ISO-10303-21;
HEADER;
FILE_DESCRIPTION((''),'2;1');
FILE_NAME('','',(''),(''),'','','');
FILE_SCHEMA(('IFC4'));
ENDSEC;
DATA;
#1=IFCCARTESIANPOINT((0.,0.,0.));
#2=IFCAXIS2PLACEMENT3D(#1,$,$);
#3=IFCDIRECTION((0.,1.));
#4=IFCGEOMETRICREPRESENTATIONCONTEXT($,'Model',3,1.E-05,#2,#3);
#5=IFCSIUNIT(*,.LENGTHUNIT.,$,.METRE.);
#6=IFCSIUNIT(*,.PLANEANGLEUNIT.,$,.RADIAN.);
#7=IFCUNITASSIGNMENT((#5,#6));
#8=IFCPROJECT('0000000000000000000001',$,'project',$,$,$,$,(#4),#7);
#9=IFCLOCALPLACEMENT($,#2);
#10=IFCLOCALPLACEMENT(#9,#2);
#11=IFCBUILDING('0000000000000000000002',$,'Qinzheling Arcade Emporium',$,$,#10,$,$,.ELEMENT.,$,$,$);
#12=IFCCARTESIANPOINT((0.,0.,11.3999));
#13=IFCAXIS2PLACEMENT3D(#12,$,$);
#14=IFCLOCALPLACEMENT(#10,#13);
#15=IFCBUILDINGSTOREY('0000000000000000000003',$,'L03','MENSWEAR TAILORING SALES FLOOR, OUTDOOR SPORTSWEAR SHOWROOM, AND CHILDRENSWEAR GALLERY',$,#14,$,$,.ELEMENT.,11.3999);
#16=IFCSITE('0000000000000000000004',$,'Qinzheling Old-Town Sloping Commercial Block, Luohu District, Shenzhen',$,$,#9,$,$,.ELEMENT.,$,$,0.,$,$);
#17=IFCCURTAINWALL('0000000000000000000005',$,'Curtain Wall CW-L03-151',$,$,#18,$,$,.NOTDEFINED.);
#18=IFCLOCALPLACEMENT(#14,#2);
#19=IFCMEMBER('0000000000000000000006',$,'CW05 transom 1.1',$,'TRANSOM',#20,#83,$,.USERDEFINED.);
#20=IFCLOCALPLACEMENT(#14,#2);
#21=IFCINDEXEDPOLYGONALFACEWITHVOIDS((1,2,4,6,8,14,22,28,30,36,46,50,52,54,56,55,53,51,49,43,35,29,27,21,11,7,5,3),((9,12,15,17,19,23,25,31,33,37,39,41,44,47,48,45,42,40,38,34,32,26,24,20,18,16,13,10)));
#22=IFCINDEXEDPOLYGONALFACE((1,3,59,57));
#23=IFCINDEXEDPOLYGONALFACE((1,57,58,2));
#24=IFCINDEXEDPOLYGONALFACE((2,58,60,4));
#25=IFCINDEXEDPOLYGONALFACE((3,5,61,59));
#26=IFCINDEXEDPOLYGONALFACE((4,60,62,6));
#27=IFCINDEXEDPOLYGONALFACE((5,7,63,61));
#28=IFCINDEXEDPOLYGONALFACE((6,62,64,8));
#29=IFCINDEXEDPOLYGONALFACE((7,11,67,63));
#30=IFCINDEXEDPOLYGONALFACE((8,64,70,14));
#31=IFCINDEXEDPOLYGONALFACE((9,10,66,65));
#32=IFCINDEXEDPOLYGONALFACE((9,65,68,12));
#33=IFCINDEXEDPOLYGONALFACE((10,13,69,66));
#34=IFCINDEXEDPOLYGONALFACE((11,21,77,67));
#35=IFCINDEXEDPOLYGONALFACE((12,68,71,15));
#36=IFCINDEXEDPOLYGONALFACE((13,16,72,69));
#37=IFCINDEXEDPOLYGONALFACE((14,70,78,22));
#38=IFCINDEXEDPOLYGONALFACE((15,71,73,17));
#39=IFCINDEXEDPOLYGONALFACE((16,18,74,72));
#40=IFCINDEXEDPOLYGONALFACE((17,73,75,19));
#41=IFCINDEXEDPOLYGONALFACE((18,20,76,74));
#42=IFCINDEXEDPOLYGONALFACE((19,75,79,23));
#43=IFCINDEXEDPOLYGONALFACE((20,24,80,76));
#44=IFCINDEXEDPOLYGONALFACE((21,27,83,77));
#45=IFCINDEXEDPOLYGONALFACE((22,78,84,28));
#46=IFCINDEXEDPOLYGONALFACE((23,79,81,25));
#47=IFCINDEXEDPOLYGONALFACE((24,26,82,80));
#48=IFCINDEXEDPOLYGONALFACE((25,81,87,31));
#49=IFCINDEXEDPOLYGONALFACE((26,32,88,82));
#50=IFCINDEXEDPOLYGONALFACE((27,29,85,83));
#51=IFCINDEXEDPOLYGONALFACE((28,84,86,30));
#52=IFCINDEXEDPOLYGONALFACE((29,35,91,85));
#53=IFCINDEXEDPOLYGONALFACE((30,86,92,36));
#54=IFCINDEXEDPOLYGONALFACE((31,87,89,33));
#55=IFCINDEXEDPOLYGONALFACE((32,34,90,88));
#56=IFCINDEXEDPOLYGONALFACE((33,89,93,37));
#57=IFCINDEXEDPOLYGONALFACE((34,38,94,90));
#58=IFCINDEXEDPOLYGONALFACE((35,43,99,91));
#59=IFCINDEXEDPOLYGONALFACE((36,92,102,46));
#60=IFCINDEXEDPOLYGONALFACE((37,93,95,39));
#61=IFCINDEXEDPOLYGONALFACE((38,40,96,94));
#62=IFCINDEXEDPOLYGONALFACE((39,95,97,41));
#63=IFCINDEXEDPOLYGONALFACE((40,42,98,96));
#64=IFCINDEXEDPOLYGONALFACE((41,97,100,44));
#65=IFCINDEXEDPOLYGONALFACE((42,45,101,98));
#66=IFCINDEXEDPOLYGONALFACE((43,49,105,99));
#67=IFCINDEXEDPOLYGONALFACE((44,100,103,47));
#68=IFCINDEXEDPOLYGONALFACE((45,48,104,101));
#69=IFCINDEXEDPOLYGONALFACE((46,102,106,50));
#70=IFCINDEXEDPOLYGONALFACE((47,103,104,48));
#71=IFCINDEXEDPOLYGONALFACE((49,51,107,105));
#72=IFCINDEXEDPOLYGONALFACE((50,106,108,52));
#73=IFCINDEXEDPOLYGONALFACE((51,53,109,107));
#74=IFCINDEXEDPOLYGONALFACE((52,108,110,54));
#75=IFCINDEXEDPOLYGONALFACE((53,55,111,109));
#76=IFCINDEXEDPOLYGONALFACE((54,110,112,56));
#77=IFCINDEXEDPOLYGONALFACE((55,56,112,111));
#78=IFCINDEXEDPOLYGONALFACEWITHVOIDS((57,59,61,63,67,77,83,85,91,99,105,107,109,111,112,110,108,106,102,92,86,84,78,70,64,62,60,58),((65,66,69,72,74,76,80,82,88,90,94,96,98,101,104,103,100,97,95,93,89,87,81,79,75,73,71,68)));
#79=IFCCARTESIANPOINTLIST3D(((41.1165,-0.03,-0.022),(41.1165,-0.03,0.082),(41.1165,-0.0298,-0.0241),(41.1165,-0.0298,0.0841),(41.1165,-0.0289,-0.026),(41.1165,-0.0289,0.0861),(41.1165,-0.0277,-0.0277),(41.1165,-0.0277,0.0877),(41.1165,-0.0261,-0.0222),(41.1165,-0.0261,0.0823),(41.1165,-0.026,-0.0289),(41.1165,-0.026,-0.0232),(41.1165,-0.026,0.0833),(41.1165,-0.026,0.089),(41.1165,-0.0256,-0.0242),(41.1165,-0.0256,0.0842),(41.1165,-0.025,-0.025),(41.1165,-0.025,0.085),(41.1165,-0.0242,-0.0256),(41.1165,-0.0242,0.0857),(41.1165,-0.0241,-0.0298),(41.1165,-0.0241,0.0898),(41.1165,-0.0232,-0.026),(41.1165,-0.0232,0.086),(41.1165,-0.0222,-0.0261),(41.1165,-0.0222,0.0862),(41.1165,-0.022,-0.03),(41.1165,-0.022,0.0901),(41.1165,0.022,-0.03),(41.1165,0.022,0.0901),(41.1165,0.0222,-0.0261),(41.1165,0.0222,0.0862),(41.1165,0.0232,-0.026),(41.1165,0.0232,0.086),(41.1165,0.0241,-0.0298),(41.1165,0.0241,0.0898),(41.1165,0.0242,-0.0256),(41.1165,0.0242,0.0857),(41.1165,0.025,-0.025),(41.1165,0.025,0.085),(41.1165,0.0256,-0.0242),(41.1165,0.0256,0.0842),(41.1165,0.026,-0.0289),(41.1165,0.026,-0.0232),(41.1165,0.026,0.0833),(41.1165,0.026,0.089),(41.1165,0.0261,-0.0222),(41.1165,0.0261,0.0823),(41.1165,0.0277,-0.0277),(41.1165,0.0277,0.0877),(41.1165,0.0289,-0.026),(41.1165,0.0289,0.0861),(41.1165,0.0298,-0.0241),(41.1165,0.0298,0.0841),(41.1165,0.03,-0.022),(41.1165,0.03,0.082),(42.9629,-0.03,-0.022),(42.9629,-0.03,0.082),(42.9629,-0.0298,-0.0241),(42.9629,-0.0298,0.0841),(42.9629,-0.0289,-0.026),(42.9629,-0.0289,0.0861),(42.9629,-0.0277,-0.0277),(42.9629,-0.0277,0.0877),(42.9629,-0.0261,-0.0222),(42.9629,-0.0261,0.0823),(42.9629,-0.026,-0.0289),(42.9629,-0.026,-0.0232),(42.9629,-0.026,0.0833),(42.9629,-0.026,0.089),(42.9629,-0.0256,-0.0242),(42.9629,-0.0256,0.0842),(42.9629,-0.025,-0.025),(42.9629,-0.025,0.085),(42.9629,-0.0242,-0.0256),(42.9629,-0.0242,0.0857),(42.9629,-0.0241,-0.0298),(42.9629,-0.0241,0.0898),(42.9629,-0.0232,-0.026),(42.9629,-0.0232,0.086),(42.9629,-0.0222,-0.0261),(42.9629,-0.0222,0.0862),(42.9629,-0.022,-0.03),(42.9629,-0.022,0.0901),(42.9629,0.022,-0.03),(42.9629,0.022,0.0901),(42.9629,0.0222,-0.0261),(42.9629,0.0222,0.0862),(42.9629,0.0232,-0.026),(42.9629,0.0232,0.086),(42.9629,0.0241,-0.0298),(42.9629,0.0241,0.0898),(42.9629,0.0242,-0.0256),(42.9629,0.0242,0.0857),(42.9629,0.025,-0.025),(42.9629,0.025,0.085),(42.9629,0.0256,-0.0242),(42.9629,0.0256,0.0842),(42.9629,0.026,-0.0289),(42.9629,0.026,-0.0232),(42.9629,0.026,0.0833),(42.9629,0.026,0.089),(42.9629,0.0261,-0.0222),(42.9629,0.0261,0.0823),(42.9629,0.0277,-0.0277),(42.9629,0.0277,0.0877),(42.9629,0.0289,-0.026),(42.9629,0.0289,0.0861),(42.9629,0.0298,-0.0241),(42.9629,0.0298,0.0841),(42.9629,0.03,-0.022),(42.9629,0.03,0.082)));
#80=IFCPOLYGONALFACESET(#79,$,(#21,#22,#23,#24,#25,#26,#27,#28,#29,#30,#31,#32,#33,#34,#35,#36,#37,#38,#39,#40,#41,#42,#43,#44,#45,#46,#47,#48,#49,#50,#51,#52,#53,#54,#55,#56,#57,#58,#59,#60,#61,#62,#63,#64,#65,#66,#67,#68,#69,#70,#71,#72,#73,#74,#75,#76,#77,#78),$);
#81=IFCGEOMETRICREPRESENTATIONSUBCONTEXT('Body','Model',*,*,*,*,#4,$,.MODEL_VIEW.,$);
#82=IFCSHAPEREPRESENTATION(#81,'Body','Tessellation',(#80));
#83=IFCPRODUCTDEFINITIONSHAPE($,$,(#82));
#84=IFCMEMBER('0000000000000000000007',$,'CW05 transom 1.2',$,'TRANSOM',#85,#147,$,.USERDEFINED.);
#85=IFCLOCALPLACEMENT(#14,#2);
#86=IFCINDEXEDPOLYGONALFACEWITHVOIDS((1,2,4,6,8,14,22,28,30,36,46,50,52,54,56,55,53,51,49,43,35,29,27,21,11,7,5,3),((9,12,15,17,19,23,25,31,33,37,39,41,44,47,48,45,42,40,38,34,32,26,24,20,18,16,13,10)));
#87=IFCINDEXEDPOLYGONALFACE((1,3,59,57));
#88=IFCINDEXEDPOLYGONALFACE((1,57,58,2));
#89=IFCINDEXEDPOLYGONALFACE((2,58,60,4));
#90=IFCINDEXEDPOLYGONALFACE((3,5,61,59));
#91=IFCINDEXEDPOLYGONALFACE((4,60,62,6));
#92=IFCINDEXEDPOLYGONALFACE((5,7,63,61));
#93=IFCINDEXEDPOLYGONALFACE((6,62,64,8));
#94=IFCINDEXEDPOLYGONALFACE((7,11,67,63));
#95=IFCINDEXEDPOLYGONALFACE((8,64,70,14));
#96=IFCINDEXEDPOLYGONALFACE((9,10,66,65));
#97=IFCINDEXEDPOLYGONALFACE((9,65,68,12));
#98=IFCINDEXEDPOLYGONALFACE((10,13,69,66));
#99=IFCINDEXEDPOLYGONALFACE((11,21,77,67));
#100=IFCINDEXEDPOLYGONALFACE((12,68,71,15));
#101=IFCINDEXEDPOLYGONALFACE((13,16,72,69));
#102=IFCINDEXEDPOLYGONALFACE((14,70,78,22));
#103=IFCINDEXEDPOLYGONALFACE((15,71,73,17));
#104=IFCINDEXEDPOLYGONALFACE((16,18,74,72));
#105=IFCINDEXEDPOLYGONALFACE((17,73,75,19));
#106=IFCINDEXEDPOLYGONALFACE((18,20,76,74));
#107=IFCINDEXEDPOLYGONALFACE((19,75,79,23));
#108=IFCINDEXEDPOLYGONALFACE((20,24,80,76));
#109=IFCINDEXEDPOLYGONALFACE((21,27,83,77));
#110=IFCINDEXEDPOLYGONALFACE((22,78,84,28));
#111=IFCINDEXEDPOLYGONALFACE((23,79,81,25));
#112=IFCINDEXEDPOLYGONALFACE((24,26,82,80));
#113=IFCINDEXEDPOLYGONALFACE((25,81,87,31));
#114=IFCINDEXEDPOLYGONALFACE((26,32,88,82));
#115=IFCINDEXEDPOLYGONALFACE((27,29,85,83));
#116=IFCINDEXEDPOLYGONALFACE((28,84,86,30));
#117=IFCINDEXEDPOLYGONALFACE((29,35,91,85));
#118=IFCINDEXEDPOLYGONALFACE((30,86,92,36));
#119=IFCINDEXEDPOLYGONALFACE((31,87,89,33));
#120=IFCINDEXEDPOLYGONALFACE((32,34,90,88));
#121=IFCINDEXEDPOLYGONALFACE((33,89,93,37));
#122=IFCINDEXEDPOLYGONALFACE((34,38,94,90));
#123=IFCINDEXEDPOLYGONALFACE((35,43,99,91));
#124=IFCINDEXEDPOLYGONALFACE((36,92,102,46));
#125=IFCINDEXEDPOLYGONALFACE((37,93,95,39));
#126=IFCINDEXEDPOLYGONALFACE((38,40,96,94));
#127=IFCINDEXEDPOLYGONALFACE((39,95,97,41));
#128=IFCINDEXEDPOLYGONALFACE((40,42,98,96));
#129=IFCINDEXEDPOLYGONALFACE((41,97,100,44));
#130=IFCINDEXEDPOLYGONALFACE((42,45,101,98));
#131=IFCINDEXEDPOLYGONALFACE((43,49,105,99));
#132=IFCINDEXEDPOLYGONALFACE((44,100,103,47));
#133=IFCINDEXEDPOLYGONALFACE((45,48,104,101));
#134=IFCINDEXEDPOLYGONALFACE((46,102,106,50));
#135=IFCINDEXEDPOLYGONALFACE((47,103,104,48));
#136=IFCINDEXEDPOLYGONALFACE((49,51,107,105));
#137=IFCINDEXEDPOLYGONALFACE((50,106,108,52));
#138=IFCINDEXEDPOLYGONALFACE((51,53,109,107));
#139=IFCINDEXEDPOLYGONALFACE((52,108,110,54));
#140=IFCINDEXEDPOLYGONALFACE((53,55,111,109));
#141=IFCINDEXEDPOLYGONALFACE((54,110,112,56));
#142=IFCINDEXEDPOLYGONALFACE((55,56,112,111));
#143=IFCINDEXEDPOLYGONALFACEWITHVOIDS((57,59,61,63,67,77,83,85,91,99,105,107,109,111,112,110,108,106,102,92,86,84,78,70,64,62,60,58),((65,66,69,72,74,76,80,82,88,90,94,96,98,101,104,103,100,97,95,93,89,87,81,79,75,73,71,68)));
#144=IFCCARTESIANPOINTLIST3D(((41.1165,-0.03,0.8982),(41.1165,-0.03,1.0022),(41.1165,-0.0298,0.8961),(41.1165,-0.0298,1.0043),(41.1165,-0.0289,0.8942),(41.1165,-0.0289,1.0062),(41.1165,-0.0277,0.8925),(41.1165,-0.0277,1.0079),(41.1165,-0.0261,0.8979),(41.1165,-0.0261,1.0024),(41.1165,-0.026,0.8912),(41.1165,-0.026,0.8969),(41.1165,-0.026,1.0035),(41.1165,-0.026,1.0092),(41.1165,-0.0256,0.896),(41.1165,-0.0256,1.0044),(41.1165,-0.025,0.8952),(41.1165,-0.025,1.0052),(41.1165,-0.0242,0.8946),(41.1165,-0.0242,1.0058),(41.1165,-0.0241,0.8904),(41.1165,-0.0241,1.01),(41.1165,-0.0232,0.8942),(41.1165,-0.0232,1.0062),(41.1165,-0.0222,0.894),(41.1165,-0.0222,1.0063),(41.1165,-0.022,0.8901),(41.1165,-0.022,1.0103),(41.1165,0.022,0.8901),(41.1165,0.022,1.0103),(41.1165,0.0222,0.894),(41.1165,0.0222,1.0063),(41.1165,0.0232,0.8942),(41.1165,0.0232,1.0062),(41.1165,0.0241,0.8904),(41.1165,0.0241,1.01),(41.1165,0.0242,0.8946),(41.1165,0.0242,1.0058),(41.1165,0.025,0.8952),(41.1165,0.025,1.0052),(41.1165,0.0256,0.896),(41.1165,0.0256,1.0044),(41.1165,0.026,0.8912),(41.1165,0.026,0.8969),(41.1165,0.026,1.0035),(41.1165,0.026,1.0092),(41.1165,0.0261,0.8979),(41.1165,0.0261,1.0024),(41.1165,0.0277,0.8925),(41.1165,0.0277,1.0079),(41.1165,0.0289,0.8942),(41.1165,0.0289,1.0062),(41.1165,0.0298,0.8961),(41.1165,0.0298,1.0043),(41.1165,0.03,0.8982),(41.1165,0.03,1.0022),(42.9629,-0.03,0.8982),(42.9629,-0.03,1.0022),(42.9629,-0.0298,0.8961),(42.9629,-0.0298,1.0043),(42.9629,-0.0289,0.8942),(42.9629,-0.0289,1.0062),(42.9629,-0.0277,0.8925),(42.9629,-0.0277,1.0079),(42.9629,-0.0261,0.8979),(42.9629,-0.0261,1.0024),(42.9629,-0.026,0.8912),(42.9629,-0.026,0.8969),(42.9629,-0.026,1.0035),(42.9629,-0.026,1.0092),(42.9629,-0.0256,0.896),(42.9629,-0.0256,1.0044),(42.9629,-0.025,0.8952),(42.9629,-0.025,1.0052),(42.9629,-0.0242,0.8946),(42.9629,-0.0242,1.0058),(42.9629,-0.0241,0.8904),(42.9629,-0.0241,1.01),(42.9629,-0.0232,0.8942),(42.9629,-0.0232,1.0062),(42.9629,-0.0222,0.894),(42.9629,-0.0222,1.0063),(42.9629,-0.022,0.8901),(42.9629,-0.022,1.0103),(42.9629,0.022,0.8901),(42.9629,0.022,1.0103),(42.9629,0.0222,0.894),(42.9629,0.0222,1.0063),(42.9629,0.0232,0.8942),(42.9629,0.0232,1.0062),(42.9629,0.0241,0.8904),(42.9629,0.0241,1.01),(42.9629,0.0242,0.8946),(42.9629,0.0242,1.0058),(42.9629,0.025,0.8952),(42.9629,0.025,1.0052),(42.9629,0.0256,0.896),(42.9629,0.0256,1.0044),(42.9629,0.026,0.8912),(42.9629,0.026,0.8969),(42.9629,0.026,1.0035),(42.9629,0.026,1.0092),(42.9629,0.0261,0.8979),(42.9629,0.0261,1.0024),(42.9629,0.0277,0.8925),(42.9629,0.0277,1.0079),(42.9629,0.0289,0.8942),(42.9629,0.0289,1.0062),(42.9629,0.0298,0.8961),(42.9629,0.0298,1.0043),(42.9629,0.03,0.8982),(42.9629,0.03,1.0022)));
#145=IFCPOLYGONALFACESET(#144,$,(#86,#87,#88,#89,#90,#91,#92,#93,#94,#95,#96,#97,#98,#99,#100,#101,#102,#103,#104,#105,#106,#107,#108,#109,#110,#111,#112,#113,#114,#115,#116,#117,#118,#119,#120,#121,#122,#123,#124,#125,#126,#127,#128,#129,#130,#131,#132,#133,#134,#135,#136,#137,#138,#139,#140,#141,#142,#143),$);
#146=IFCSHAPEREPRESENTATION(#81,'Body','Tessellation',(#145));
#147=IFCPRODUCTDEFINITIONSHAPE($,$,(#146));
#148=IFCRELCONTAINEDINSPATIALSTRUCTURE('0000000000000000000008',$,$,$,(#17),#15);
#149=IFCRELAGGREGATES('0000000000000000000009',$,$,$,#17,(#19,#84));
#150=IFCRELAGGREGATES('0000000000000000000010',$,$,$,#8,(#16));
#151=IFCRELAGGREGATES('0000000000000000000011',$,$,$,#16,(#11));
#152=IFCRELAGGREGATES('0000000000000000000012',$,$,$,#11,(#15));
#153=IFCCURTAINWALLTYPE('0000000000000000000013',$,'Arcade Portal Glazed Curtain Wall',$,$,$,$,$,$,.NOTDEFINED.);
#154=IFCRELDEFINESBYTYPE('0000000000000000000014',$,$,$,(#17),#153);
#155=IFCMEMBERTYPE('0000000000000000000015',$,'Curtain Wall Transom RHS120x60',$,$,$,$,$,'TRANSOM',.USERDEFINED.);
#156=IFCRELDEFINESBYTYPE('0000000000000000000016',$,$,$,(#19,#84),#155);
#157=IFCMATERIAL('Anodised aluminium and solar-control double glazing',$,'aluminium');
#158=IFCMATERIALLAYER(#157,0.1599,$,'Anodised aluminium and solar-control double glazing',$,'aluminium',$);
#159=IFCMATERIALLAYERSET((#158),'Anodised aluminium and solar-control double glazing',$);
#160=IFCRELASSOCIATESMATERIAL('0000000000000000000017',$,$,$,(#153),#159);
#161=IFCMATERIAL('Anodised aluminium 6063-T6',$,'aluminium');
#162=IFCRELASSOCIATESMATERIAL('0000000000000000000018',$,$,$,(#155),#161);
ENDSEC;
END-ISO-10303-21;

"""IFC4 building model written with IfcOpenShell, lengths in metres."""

from ifc_helpers import new_model, si_unit, direction, frame, origin, origin_2d, place, context, subcontext, project, spatial, hollow_rectangle, extrude, material, layer, layer_set, material_profile, profile_set, type_object, element, aggregate, save


model = new_model("IFC4")

# Units and contexts
model_context = context("Model", 3, precision=1e-05, world=origin(), true_north=direction((0.0, 1.0)))
body_context = subcontext(model_context, "Body", "Model", "MODEL_VIEW")
ifc_project = project(units=[si_unit("LENGTHUNIT", "METRE"), si_unit("PLANEANGLEUNIT", "RADIAN")], contexts=[model_context])

# Site, building, storey
site_placement = place(None, origin())
site = spatial("IfcSite", under=ifc_project, at=site_placement, Name="Qinzheling Old-Town Sloping Commercial Block, Luohu District, Shenzhen", CompositionType="ELEMENT", RefElevation=0.0)
building_placement = place(site_placement, origin())
building = spatial("IfcBuilding", under=site, at=building_placement, Name="Qinzheling Arcade Emporium", CompositionType="ELEMENT")
storey_placement = place(building_placement, frame((0.0, 0.0, 11.3999)))
storey = spatial("IfcBuildingStorey", under=building, at=storey_placement, Name="L03", Description="MENSWEAR TAILORING SALES FLOOR, OUTDOOR SPORTSWEAR SHOWROOM, AND CHILDRENSWEAR GALLERY", CompositionType="ELEMENT", Elevation=11.3999)

# Shared definitions
ifc_material_1 = material(Name="Anodised aluminium and solar-control double glazing", Category="aluminium")
ifc_layer_1 = layer(ifc_material_1, 0.1599, Name="Anodised aluminium and solar-control double glazing", Category="aluminium")
ifc_layer_set_1 = layer_set([ifc_layer_1], Name="Anodised aluminium and solar-control double glazing")
curtain_wall_type = type_object("IfcCurtainWallType", Name="Arcade Portal Glazed Curtain Wall", PredefinedType="NOTDEFINED", material=ifc_layer_set_1)
ifc_material_2 = material(Name="Anodised aluminium 6063-T6", Category="aluminium")

# Curtain wall
curtain_wall_1_placement = place(storey_placement, origin())
curtain_wall_1 = element("IfcCurtainWall", 1, at=curtain_wall_1_placement, inside=storey, type_object=curtain_wall_type, Name="Curtain Wall CW-L03-151", PredefinedType="NOTDEFINED")

# Members
ifc_material_profile_1 = material_profile(ifc_material_2, hollow_rectangle(XDim=0.0601, YDim=0.1201, WallThickness=0.0039, InnerFilletRadius=0.0039, OuterFilletRadius=0.0081, at=origin_2d()), Name="RHS 120x60x4", Category="aluminium")
ifc_profile_set_1 = profile_set([ifc_material_profile_1], Name="Anodised aluminium 6063-T6")
member_type_1 = type_object("IfcMemberType", Name="Curtain Wall Transom RHS120x60", ElementType="TRANSOM", PredefinedType="USERDEFINED", material=ifc_profile_set_1)
member_1_placement = place(storey_placement, frame((42.9629, 0.0, 0.03), z_axis=(-1.0, 0.0, 0.0), x_axis=(0.0, -1.0, 0.0)))
member_1 = element("IfcMember", 2, at=member_1_placement, type_object=member_type_1, Name="CW05 transom 1.1", ObjectType="TRANSOM", PredefinedType="USERDEFINED", context=body_context, shape_type="SweptSolid", body=[
    extrude(hollow_rectangle(XDim=0.0601, YDim=0.1201, WallThickness=0.0039, InnerFilletRadius=0.0039, OuterFilletRadius=0.0081, at=origin_2d()), origin(), (0.0, 0.0, 1.0), 1.8464),
])
member_2_placement = place(storey_placement, frame((42.9629, 0.0, 0.9502), z_axis=(-1.0, 0.0, 0.0), x_axis=(0.0, -1.0, 0.0)))
member_2 = element("IfcMember", 3, at=member_2_placement, type_object=member_type_1, Name="CW05 transom 1.2", ObjectType="TRANSOM", PredefinedType="USERDEFINED", context=body_context, shape_type="SweptSolid", body=[
    extrude(hollow_rectangle(XDim=0.0601, YDim=0.1201, WallThickness=0.0039, InnerFilletRadius=0.0039, OuterFilletRadius=0.0081, at=origin_2d()), origin(), (0.0, 0.0, 1.0), 1.8464),
])

aggregate(curtain_wall_1, [member_1, member_2])

save(model, "model.ifc")
